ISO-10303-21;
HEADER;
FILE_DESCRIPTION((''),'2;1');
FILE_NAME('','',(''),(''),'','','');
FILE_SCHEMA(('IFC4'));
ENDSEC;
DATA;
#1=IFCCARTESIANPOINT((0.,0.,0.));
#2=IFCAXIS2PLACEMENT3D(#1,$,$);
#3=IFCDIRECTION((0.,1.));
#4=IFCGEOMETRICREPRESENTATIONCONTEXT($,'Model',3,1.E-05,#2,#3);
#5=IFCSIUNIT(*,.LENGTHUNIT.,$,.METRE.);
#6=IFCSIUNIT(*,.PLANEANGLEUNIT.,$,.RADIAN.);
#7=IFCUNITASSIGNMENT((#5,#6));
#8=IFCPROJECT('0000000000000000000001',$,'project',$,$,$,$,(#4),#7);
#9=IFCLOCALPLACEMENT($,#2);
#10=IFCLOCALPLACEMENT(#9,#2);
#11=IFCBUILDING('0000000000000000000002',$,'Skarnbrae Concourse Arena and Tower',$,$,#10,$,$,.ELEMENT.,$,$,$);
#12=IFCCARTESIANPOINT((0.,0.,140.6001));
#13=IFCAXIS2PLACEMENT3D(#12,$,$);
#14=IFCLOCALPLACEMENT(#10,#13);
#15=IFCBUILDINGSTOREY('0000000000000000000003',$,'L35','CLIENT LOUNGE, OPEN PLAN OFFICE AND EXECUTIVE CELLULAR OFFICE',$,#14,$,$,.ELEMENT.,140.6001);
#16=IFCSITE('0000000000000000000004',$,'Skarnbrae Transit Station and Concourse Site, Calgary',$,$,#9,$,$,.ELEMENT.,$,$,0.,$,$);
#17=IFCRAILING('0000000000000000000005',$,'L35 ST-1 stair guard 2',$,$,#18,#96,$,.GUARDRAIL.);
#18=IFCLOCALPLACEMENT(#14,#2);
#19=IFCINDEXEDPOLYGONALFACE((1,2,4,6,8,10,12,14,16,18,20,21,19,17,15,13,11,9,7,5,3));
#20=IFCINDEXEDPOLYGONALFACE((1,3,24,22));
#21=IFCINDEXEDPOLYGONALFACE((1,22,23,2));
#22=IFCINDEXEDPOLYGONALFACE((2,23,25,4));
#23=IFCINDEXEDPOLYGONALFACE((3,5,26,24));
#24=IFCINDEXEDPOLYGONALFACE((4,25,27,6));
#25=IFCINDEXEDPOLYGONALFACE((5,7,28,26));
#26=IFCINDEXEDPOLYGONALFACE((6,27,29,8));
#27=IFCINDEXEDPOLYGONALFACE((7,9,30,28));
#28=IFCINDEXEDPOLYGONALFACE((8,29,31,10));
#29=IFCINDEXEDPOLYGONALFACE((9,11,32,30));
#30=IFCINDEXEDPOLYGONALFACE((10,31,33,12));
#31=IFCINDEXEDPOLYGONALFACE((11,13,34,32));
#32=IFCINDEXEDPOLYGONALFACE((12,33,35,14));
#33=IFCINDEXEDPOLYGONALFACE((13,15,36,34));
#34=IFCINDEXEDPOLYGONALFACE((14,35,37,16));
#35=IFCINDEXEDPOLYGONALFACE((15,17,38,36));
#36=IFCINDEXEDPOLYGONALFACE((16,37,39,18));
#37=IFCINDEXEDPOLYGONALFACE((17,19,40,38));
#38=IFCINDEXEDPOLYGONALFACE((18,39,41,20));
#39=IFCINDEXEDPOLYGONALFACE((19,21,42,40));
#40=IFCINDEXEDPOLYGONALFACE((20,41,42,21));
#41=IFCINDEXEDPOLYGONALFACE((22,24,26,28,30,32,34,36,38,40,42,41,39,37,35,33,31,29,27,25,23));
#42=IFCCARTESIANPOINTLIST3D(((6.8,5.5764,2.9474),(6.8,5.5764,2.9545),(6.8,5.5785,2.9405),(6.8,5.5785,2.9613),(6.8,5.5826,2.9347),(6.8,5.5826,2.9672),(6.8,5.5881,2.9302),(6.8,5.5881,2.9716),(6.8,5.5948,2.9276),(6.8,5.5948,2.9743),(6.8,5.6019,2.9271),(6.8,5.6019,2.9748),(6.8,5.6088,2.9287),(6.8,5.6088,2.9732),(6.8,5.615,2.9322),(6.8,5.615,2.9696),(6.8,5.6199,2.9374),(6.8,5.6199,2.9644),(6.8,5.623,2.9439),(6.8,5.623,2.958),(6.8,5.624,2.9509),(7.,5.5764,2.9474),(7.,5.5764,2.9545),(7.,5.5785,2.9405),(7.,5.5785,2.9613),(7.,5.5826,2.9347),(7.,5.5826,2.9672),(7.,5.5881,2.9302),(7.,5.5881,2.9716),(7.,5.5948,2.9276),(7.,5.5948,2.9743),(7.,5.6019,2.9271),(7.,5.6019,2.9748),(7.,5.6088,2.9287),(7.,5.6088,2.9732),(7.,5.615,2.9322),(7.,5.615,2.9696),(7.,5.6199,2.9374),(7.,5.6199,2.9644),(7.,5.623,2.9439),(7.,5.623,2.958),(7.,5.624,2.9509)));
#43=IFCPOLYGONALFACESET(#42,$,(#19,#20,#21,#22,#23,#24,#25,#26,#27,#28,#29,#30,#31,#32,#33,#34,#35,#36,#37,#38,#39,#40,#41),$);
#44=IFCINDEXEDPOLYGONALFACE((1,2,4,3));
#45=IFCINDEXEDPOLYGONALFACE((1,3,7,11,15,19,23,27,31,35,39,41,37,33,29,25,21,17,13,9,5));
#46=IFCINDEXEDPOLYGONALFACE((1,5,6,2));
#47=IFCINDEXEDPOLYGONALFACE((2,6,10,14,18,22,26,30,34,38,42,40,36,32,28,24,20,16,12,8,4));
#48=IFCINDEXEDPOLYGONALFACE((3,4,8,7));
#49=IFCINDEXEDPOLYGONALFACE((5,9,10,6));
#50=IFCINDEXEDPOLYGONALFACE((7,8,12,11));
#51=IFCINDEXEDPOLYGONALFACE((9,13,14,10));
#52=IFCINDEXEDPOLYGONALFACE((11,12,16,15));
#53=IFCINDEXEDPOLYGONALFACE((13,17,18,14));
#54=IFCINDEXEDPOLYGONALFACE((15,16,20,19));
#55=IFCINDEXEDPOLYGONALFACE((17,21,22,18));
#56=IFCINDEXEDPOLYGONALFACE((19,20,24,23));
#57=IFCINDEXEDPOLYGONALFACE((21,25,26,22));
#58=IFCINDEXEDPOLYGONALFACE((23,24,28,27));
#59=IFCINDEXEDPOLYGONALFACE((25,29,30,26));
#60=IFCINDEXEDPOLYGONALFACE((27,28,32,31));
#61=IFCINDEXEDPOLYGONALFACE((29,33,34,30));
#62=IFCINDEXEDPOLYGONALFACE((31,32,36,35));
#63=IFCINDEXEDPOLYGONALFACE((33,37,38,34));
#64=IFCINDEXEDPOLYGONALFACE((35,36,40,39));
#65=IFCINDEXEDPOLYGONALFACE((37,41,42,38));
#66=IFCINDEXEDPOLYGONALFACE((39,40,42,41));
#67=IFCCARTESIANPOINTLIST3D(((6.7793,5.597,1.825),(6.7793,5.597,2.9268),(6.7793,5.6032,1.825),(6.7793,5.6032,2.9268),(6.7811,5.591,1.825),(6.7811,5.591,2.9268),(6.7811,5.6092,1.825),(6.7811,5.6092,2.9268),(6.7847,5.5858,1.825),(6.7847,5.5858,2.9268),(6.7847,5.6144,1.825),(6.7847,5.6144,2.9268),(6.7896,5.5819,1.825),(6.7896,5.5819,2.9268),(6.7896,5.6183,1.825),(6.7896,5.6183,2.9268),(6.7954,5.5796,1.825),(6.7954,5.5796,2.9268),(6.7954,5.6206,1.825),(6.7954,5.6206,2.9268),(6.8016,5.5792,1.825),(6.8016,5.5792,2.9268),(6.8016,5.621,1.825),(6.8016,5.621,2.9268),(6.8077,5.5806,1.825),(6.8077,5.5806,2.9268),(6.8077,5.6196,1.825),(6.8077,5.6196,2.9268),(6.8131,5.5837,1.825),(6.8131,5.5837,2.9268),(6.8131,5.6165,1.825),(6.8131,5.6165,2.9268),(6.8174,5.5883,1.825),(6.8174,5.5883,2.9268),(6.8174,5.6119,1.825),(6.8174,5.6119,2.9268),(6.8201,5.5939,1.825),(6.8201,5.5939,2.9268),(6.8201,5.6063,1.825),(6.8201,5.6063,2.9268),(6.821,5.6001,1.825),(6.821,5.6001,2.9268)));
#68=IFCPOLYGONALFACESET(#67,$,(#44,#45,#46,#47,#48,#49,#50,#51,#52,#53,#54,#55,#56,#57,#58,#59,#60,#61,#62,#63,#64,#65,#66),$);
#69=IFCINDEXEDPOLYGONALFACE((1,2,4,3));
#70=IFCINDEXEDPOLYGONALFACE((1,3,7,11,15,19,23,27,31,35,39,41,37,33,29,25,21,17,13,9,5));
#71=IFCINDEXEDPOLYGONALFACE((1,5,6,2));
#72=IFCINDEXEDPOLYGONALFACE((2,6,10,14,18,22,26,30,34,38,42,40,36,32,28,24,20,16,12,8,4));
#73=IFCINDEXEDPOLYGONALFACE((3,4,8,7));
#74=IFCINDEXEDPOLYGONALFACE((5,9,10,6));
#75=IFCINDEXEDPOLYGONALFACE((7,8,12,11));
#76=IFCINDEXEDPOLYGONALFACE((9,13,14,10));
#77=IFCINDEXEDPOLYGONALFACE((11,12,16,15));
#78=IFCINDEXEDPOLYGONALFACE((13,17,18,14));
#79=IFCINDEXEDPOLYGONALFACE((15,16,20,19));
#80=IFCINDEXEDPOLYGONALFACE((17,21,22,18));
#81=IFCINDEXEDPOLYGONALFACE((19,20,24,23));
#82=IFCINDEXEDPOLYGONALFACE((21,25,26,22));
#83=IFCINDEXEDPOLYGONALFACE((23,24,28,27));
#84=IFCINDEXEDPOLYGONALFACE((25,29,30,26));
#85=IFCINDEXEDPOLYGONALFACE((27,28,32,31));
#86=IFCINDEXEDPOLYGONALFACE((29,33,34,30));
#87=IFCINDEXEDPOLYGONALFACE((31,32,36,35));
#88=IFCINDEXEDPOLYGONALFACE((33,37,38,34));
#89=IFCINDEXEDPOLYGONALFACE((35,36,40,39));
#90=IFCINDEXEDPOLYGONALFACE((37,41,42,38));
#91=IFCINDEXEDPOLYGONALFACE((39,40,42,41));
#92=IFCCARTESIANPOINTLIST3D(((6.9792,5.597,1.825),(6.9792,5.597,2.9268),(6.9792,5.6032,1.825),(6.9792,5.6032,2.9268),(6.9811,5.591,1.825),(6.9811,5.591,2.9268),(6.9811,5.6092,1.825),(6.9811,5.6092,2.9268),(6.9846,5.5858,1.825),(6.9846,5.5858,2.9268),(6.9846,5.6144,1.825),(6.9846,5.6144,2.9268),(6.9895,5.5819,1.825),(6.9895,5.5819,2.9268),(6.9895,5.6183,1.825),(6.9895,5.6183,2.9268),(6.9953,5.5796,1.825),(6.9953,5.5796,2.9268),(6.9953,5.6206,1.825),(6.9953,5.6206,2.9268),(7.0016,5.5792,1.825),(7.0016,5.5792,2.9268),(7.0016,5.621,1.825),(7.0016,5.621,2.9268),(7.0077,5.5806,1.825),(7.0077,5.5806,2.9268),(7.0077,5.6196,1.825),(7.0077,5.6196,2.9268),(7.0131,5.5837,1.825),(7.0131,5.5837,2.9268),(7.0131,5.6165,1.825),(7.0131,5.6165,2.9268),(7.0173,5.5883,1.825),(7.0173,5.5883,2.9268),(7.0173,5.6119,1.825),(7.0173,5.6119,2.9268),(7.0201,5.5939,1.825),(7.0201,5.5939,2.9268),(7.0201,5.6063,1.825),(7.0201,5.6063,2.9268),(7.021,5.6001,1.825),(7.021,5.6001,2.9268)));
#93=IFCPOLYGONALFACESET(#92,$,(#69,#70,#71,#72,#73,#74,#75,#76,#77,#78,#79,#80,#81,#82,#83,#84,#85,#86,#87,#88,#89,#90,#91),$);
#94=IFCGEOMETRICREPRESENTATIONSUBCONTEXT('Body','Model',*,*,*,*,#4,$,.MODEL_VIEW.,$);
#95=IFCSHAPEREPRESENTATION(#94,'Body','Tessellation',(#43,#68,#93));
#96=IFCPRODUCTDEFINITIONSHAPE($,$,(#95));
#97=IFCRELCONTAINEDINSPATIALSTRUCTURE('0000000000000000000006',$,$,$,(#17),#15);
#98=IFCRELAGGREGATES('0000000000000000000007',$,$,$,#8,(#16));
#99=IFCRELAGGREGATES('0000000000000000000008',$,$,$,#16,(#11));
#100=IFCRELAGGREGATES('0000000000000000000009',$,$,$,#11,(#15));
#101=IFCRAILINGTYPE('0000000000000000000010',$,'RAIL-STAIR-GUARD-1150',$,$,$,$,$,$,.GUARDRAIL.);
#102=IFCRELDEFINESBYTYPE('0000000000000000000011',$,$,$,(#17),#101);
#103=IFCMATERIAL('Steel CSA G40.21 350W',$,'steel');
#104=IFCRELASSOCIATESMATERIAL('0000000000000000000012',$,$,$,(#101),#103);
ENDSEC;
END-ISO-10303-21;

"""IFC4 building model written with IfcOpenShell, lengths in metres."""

from ifc_helpers import new_model, si_unit, direction, frame, origin, origin_2d, place, context, subcontext, project, spatial, circle, extrude, material, type_object, element, save


model = new_model("IFC4")

# Units and contexts
model_context = context("Model", 3, precision=1e-05, world=origin(), true_north=direction((0.0, 1.0)))
body_context = subcontext(model_context, "Body", "Model", "MODEL_VIEW")
ifc_project = project(units=[si_unit("LENGTHUNIT", "METRE"), si_unit("PLANEANGLEUNIT", "RADIAN")], contexts=[model_context])

# Site, building, storey
site_placement = place(None, origin())
site = spatial("IfcSite", under=ifc_project, at=site_placement, Name="Skarnbrae Transit Station and Concourse Site, Calgary", CompositionType="ELEMENT", RefElevation=0.0)
building_placement = place(site_placement, origin())
building = spatial("IfcBuilding", under=site, at=building_placement, Name="Skarnbrae Concourse Arena and Tower", CompositionType="ELEMENT")
storey_placement = place(building_placement, frame((0.0, 0.0, 140.6001)))
storey = spatial("IfcBuildingStorey", under=building, at=storey_placement, Name="L35", Description="CLIENT LOUNGE, OPEN PLAN OFFICE AND EXECUTIVE CELLULAR OFFICE", CompositionType="ELEMENT", Elevation=140.6001)

# Railing
ifc_material_1 = material(Name="Steel CSA G40.21 350W", Category="steel")
railing_type_1 = type_object("IfcRailingType", Name="RAIL-STAIR-GUARD-1150", PredefinedType="GUARDRAIL", material=ifc_material_1)
railing_1_placement = place(storey_placement, frame((6.8, 5.6001, 1.825)))
element("IfcRailing", 1, at=railing_1_placement, inside=storey, type_object=railing_type_1, Name="L35 ST-1 stair guard 2", PredefinedType="GUARDRAIL", context=body_context, shape_type="SweptSolid", body=[
    extrude(circle(Radius=0.0239, at=origin_2d()), frame((0.0, 0.0, 1.126), z_axis=(1.0, 0.0, 0.0), x_axis=(0.0, 1.0, 0.0)), (0.0, 0.0, 1.0), 0.2),
    extrude(circle(Radius=0.021, at=origin_2d()), origin(), (0.0, 0.0, 1.0), 1.1018),
    extrude(circle(Radius=0.021, at=origin_2d()), frame((0.2, 0.0, 0.0)), (0.0, 0.0, 1.0), 1.1018),
])

save(model, "model.ifc")
